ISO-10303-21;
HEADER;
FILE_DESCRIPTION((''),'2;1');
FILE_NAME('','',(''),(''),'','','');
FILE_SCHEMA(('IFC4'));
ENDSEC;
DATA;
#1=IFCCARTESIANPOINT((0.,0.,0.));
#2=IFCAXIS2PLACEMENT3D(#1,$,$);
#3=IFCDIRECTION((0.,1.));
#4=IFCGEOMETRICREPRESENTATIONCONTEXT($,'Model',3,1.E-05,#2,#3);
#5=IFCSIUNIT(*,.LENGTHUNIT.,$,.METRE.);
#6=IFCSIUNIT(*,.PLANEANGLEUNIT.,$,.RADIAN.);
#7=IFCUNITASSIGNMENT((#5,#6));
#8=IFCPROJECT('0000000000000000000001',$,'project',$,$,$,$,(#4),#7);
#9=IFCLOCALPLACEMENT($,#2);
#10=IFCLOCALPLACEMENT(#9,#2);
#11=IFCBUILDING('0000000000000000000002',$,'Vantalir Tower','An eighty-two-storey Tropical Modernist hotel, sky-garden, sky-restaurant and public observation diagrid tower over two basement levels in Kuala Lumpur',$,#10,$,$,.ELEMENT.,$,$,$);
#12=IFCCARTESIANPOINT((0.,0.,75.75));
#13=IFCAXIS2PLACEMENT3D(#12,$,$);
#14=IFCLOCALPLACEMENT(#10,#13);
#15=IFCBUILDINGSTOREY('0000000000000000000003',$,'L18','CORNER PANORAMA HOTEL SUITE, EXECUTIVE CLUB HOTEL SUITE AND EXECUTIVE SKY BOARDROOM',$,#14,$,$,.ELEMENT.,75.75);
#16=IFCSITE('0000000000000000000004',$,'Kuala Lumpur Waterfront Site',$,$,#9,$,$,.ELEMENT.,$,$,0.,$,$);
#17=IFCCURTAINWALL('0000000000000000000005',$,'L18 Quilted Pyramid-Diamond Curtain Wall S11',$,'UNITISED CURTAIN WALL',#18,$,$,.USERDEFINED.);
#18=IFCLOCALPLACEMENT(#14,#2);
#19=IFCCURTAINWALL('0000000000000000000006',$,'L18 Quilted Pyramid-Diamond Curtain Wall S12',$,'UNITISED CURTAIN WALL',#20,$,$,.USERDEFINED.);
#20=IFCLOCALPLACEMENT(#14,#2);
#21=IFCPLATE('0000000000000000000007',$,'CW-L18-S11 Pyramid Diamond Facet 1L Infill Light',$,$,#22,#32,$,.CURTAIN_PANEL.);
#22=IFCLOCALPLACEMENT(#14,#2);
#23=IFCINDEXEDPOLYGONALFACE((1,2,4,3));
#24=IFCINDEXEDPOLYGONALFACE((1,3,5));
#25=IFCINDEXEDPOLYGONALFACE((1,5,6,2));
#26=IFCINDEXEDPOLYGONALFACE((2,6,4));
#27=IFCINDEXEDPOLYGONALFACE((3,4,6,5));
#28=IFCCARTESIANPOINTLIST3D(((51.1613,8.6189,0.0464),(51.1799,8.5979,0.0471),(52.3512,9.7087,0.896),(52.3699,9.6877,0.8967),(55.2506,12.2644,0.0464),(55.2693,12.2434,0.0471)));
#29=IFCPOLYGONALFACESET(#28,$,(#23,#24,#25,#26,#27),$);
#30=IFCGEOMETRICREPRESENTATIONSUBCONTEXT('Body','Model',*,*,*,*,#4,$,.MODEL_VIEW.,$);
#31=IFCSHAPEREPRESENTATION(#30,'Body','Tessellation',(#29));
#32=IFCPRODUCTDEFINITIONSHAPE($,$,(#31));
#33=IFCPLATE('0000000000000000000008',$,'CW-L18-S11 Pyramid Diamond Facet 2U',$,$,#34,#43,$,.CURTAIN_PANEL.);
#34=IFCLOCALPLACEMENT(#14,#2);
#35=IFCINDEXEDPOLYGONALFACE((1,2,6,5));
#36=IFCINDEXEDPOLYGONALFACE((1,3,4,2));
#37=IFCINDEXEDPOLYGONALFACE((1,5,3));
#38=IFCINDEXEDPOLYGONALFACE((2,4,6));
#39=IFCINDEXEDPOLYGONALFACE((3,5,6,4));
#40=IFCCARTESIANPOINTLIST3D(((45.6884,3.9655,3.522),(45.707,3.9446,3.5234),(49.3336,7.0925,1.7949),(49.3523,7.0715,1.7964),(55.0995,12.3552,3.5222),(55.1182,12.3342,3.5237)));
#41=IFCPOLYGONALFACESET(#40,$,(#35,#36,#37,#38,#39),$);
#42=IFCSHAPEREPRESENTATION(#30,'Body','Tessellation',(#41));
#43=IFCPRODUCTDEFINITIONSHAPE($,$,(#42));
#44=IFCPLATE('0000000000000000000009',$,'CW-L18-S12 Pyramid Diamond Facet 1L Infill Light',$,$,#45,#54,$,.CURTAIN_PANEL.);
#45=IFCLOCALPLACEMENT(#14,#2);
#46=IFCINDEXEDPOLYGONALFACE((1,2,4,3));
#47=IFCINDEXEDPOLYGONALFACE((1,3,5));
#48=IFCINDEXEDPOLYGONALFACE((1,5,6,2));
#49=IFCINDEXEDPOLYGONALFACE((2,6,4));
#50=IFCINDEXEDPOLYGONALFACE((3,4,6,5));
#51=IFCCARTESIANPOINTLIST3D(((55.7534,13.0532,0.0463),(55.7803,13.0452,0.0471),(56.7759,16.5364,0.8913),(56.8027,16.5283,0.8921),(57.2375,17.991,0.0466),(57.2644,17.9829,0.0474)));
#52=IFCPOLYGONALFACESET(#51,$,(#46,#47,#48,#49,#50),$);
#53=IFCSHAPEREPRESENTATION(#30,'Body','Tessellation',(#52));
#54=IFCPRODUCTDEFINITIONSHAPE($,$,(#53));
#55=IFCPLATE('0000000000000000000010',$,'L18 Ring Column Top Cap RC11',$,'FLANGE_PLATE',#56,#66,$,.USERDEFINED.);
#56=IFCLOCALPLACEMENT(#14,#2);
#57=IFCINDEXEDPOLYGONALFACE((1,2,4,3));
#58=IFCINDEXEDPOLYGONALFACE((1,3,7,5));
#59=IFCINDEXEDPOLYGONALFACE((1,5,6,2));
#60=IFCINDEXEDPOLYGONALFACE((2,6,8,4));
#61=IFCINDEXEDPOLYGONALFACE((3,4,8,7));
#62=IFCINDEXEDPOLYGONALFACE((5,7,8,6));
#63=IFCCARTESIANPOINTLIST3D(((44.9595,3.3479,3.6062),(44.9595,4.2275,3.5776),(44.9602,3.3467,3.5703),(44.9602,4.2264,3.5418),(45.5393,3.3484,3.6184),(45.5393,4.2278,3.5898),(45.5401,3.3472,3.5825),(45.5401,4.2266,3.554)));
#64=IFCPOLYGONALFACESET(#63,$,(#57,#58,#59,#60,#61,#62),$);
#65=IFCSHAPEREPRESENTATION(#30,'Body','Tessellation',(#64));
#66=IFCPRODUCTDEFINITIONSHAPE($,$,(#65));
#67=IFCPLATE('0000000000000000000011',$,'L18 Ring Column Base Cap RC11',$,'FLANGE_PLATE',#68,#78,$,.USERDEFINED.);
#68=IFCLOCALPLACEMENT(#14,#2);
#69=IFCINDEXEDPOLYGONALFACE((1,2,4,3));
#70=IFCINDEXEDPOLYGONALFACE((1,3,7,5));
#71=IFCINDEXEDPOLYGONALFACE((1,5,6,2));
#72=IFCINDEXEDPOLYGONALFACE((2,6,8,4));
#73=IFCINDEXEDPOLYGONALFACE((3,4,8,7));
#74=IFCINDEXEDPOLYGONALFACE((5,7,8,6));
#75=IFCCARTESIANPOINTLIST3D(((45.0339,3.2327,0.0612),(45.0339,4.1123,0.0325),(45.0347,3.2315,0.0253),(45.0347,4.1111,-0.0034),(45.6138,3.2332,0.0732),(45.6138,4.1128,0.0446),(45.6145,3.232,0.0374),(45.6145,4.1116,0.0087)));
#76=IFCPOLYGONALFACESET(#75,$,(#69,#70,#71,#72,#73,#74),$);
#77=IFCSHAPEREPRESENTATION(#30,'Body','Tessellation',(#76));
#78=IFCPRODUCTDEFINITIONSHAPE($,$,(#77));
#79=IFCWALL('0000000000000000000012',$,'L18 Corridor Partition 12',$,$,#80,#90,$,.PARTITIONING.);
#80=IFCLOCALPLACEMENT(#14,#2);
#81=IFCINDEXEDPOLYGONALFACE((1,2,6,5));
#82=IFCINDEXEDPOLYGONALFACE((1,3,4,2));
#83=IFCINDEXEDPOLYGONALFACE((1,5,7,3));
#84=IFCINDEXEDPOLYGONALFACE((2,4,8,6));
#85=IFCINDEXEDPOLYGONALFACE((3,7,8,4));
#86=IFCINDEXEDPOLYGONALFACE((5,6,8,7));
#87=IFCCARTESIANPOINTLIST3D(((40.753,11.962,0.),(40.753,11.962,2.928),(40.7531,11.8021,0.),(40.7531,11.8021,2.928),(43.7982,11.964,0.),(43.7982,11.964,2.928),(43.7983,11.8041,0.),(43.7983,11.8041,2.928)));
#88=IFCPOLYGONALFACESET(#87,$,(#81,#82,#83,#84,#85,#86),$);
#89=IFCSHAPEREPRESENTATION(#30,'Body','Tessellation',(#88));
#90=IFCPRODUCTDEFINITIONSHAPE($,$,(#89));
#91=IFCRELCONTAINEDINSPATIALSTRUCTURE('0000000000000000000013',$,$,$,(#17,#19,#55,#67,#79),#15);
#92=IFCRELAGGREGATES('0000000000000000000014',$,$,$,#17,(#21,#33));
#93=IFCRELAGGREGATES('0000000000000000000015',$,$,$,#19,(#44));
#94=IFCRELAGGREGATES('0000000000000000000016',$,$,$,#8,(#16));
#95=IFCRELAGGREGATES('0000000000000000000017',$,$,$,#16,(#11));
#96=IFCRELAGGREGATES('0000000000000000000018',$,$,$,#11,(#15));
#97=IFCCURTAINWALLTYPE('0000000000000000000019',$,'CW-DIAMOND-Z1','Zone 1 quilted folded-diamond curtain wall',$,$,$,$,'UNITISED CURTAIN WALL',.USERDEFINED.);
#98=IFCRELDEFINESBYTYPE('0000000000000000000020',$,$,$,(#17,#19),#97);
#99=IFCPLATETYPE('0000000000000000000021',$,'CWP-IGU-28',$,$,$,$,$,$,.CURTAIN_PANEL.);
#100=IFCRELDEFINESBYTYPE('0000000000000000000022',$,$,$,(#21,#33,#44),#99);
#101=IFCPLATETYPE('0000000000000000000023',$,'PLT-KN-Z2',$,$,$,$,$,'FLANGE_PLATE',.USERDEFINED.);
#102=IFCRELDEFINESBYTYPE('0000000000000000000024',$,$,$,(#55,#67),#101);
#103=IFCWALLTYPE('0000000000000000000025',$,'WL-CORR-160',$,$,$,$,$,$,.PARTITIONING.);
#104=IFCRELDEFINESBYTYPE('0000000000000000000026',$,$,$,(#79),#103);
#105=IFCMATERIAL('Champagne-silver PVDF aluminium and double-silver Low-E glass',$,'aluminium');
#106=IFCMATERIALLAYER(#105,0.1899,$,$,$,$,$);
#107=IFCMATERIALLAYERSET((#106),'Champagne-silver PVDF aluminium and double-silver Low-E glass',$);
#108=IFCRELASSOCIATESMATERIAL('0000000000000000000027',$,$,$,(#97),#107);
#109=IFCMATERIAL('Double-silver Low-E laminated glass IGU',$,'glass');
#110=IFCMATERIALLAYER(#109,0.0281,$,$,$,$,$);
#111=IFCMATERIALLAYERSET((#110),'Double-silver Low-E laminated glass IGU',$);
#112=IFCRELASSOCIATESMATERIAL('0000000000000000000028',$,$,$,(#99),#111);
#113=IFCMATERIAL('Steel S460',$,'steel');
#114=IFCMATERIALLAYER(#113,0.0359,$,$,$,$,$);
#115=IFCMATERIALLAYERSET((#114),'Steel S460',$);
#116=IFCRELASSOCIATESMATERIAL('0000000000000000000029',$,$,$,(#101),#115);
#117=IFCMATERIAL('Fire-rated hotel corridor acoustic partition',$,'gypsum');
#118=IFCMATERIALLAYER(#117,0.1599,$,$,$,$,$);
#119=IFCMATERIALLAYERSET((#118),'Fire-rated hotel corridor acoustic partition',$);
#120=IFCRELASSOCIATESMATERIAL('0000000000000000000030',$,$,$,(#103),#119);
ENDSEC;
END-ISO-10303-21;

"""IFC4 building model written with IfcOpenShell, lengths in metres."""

from ifc_helpers import new_model, si_unit, direction, frame, frame_2d, origin, place, context, subcontext, project, spatial, polyline, rectangle, outline, extrude, material, layer, layer_set, type_object, element, aggregate, save


model = new_model("IFC4")

# Units and contexts
model_context = context("Model", 3, precision=1e-05, world=origin(), true_north=direction((0.0, 1.0)))
body_context = subcontext(model_context, "Body", "Model", "MODEL_VIEW")
ifc_project = project(units=[si_unit("LENGTHUNIT", "METRE"), si_unit("PLANEANGLEUNIT", "RADIAN")], contexts=[model_context])

# Site, building, storey
site_placement = place(None, origin())
site = spatial("IfcSite", under=ifc_project, at=site_placement, Name="Kuala Lumpur Waterfront Site", CompositionType="ELEMENT", RefElevation=0.0)
building_placement = place(site_placement, origin())
building = spatial("IfcBuilding", under=site, at=building_placement, Name="Vantalir Tower", Description="An eighty-two-storey Tropical Modernist hotel, sky-garden, sky-restaurant and public observation diagrid tower over two basement levels in Kuala Lumpur", CompositionType="ELEMENT")
storey_placement = place(building_placement, frame((0.0, 0.0, 75.75)))
storey = spatial("IfcBuildingStorey", under=building, at=storey_placement, Name="L18", Description="CORNER PANORAMA HOTEL SUITE, EXECUTIVE CLUB HOTEL SUITE AND EXECUTIVE SKY BOARDROOM", CompositionType="ELEMENT", Elevation=75.75)

# Shared definitions
ifc_material_1 = material(Name="Steel S460", Category="steel")

# Shared definitions
ifc_material_2 = material(Name="Champagne-silver PVDF aluminium and double-silver Low-E glass", Category="aluminium")
ifc_layer_1 = layer(ifc_material_2, 0.1899)
ifc_layer_set_1 = layer_set([ifc_layer_1], Name="Champagne-silver PVDF aluminium and double-silver Low-E glass")
curtain_wall_type = type_object("IfcCurtainWallType", Name="CW-DIAMOND-Z1", Description="Zone 1 quilted folded-diamond curtain wall", ElementType="UNITISED CURTAIN WALL", PredefinedType="USERDEFINED", material=ifc_layer_set_1)

# Curtain wall
curtain_wall_1_placement = place(storey_placement, origin())
curtain_wall_1 = element("IfcCurtainWall", 1, at=curtain_wall_1_placement, inside=storey, type_object=curtain_wall_type, Name="L18 Quilted Pyramid-Diamond Curtain Wall S11", ObjectType="UNITISED CURTAIN WALL", PredefinedType="USERDEFINED")

# Curtain wall
curtain_wall_2_placement = place(storey_placement, origin())
curtain_wall_2 = element("IfcCurtainWall", 2, at=curtain_wall_2_placement, inside=storey, type_object=curtain_wall_type, Name="L18 Quilted Pyramid-Diamond Curtain Wall S12", ObjectType="UNITISED CURTAIN WALL", PredefinedType="USERDEFINED")

# Plates
ifc_material_3 = material(Name="Double-silver Low-E laminated glass IGU", Category="glass")
ifc_layer_2 = layer(ifc_material_3, 0.0281)
ifc_layer_set_2 = layer_set([ifc_layer_2], Name="Double-silver Low-E laminated glass IGU")
plate_type_1 = type_object("IfcPlateType", Name="CWP-IGU-28", PredefinedType="CURTAIN_PANEL", material=ifc_layer_set_2)
plate_1_placement = place(storey_placement, frame((51.1799, 8.5979, 0.0471), z_axis=(0.66522, -0.746211, 0.025519), x_axis=(0.746455, 0.665436, 0.0)))
plate_1 = element("IfcPlate", 3, at=plate_1_placement, type_object=plate_type_1, Name="CW-L18-S11 Pyramid Diamond Facet 1L Infill Light", PredefinedType="CURTAIN_PANEL", context=body_context, shape_type="SweptSolid", body=[
    extrude(outline(polyline([(0.0, 0.0), (5.4784, 0.0), (1.6135, 0.8499), (0.0, 0.0)])), origin(), (0.0, 0.0, -1.0), 0.0281),
])
plate_2_placement = place(storey_placement, frame((55.1182, 12.3342, 3.5237), z_axis=(0.664502, -0.74541, 0.052935), x_axis=(-0.746456, -0.665435, -0.000019)))
plate_2 = element("IfcPlate", 4, at=plate_2_placement, type_object=plate_type_1, Name="CW-L18-S11 Pyramid Diamond Facet 2U", PredefinedType="CURTAIN_PANEL", context=body_context, shape_type="SweptSolid", body=[
    extrude(outline(polyline([(0.0, 0.0), (12.6078, 0.0), (7.806, 1.7296), (0.0, 0.0)])), origin(), (0.0, 0.0, -1.0), 0.0281),
])
aggregate(curtain_wall_1, [plate_1, plate_2])
plate_3_placement = place(storey_placement, frame((55.7803, 13.0452, 0.0471), z_axis=(0.957308, -0.287738, 0.027724), x_axis=(0.287847, 0.957676, 0.000047)))
plate_3 = element("IfcPlate", 5, at=plate_3_placement, type_object=plate_type_1, Name="CW-L18-S12 Pyramid Diamond Facet 1L Infill Light", PredefinedType="CURTAIN_PANEL", context=body_context, shape_type="SweptSolid", body=[
    extrude(outline(polyline([(0.0, 0.0), (5.156, 0.0), (3.6301, 0.8451), (0.0, 0.0)])), origin(), (0.0, 0.0, -1.0), 0.0281),
])
aggregate(curtain_wall_2, [plate_3])

# Plates
ifc_layer_3 = layer(ifc_material_1, 0.0359)
ifc_layer_set_3 = layer_set([ifc_layer_3], Name="Steel S460")
plate_type_2 = type_object("IfcPlateType", Name="PLT-KN-Z2", ElementType="FLANGE_PLATE", PredefinedType="USERDEFINED", material=ifc_layer_set_3)
plate_4_placement = place(storey_placement, frame((44.9595, 4.2275, 3.5776), z_axis=(-0.021057, 0.032453, 0.999251), x_axis=(0.0, -0.999473, 0.03246)))
element("IfcPlate", 6, at=plate_4_placement, inside=storey, type_object=plate_type_2, Name="L18 Ring Column Top Cap RC11", ObjectType="FLANGE_PLATE", PredefinedType="USERDEFINED", context=body_context, shape_type="SweptSolid", body=[
    extrude(outline(polyline([(0.0, 0.0), (0.8801, 0.0), (0.88, 0.58), (0.0002, 0.58), (0.0, 0.0)])), origin(), (0.0, 0.0, -1.0), 0.0359),
])
plate_5_placement = place(storey_placement, frame((45.0339, 4.1123, 0.0325), z_axis=(-0.020854, 0.032587, 0.999251), x_axis=(0.000003, -0.999469, 0.032594)))
element("IfcPlate", 7, at=plate_5_placement, inside=storey, type_object=plate_type_2, Name="L18 Ring Column Base Cap RC11", ObjectType="FLANGE_PLATE", PredefinedType="USERDEFINED", context=body_context, shape_type="SweptSolid", body=[
    extrude(outline(polyline([(0.0, 0.0), (0.8801, 0.0), (0.88, 0.58), (-0.0001, 0.58), (0.0, 0.0)])), origin(), (0.0, 0.0, -1.0), 0.0359),
])

# Wall
ifc_material_4 = material(Name="Fire-rated hotel corridor acoustic partition", Category="gypsum")
ifc_layer_4 = layer(ifc_material_4, 0.1599)
ifc_layer_set_4 = layer_set([ifc_layer_4], Name="Fire-rated hotel corridor acoustic partition")
wall_type = type_object("IfcWallType", Name="WL-CORR-160", PredefinedType="PARTITIONING", material=ifc_layer_set_4)
wall_placement = place(storey_placement, frame((43.7981, 11.884, 0.0), z_axis=(0.0, 0.0, 1.0), x_axis=(-1.0, -0.000641, 0.0)))
element("IfcWall", 8, at=wall_placement, inside=storey, type_object=wall_type, Name="L18 Corridor Partition 12", PredefinedType="PARTITIONING", context=body_context, shape_type="SweptSolid", body=[
    extrude(rectangle(XDim=3.0452, YDim=0.1599, at=frame_2d((1.5225, 0.0))), origin(), (0.0, 0.0, 1.0), 2.928),
])

save(model, "model.ifc")
